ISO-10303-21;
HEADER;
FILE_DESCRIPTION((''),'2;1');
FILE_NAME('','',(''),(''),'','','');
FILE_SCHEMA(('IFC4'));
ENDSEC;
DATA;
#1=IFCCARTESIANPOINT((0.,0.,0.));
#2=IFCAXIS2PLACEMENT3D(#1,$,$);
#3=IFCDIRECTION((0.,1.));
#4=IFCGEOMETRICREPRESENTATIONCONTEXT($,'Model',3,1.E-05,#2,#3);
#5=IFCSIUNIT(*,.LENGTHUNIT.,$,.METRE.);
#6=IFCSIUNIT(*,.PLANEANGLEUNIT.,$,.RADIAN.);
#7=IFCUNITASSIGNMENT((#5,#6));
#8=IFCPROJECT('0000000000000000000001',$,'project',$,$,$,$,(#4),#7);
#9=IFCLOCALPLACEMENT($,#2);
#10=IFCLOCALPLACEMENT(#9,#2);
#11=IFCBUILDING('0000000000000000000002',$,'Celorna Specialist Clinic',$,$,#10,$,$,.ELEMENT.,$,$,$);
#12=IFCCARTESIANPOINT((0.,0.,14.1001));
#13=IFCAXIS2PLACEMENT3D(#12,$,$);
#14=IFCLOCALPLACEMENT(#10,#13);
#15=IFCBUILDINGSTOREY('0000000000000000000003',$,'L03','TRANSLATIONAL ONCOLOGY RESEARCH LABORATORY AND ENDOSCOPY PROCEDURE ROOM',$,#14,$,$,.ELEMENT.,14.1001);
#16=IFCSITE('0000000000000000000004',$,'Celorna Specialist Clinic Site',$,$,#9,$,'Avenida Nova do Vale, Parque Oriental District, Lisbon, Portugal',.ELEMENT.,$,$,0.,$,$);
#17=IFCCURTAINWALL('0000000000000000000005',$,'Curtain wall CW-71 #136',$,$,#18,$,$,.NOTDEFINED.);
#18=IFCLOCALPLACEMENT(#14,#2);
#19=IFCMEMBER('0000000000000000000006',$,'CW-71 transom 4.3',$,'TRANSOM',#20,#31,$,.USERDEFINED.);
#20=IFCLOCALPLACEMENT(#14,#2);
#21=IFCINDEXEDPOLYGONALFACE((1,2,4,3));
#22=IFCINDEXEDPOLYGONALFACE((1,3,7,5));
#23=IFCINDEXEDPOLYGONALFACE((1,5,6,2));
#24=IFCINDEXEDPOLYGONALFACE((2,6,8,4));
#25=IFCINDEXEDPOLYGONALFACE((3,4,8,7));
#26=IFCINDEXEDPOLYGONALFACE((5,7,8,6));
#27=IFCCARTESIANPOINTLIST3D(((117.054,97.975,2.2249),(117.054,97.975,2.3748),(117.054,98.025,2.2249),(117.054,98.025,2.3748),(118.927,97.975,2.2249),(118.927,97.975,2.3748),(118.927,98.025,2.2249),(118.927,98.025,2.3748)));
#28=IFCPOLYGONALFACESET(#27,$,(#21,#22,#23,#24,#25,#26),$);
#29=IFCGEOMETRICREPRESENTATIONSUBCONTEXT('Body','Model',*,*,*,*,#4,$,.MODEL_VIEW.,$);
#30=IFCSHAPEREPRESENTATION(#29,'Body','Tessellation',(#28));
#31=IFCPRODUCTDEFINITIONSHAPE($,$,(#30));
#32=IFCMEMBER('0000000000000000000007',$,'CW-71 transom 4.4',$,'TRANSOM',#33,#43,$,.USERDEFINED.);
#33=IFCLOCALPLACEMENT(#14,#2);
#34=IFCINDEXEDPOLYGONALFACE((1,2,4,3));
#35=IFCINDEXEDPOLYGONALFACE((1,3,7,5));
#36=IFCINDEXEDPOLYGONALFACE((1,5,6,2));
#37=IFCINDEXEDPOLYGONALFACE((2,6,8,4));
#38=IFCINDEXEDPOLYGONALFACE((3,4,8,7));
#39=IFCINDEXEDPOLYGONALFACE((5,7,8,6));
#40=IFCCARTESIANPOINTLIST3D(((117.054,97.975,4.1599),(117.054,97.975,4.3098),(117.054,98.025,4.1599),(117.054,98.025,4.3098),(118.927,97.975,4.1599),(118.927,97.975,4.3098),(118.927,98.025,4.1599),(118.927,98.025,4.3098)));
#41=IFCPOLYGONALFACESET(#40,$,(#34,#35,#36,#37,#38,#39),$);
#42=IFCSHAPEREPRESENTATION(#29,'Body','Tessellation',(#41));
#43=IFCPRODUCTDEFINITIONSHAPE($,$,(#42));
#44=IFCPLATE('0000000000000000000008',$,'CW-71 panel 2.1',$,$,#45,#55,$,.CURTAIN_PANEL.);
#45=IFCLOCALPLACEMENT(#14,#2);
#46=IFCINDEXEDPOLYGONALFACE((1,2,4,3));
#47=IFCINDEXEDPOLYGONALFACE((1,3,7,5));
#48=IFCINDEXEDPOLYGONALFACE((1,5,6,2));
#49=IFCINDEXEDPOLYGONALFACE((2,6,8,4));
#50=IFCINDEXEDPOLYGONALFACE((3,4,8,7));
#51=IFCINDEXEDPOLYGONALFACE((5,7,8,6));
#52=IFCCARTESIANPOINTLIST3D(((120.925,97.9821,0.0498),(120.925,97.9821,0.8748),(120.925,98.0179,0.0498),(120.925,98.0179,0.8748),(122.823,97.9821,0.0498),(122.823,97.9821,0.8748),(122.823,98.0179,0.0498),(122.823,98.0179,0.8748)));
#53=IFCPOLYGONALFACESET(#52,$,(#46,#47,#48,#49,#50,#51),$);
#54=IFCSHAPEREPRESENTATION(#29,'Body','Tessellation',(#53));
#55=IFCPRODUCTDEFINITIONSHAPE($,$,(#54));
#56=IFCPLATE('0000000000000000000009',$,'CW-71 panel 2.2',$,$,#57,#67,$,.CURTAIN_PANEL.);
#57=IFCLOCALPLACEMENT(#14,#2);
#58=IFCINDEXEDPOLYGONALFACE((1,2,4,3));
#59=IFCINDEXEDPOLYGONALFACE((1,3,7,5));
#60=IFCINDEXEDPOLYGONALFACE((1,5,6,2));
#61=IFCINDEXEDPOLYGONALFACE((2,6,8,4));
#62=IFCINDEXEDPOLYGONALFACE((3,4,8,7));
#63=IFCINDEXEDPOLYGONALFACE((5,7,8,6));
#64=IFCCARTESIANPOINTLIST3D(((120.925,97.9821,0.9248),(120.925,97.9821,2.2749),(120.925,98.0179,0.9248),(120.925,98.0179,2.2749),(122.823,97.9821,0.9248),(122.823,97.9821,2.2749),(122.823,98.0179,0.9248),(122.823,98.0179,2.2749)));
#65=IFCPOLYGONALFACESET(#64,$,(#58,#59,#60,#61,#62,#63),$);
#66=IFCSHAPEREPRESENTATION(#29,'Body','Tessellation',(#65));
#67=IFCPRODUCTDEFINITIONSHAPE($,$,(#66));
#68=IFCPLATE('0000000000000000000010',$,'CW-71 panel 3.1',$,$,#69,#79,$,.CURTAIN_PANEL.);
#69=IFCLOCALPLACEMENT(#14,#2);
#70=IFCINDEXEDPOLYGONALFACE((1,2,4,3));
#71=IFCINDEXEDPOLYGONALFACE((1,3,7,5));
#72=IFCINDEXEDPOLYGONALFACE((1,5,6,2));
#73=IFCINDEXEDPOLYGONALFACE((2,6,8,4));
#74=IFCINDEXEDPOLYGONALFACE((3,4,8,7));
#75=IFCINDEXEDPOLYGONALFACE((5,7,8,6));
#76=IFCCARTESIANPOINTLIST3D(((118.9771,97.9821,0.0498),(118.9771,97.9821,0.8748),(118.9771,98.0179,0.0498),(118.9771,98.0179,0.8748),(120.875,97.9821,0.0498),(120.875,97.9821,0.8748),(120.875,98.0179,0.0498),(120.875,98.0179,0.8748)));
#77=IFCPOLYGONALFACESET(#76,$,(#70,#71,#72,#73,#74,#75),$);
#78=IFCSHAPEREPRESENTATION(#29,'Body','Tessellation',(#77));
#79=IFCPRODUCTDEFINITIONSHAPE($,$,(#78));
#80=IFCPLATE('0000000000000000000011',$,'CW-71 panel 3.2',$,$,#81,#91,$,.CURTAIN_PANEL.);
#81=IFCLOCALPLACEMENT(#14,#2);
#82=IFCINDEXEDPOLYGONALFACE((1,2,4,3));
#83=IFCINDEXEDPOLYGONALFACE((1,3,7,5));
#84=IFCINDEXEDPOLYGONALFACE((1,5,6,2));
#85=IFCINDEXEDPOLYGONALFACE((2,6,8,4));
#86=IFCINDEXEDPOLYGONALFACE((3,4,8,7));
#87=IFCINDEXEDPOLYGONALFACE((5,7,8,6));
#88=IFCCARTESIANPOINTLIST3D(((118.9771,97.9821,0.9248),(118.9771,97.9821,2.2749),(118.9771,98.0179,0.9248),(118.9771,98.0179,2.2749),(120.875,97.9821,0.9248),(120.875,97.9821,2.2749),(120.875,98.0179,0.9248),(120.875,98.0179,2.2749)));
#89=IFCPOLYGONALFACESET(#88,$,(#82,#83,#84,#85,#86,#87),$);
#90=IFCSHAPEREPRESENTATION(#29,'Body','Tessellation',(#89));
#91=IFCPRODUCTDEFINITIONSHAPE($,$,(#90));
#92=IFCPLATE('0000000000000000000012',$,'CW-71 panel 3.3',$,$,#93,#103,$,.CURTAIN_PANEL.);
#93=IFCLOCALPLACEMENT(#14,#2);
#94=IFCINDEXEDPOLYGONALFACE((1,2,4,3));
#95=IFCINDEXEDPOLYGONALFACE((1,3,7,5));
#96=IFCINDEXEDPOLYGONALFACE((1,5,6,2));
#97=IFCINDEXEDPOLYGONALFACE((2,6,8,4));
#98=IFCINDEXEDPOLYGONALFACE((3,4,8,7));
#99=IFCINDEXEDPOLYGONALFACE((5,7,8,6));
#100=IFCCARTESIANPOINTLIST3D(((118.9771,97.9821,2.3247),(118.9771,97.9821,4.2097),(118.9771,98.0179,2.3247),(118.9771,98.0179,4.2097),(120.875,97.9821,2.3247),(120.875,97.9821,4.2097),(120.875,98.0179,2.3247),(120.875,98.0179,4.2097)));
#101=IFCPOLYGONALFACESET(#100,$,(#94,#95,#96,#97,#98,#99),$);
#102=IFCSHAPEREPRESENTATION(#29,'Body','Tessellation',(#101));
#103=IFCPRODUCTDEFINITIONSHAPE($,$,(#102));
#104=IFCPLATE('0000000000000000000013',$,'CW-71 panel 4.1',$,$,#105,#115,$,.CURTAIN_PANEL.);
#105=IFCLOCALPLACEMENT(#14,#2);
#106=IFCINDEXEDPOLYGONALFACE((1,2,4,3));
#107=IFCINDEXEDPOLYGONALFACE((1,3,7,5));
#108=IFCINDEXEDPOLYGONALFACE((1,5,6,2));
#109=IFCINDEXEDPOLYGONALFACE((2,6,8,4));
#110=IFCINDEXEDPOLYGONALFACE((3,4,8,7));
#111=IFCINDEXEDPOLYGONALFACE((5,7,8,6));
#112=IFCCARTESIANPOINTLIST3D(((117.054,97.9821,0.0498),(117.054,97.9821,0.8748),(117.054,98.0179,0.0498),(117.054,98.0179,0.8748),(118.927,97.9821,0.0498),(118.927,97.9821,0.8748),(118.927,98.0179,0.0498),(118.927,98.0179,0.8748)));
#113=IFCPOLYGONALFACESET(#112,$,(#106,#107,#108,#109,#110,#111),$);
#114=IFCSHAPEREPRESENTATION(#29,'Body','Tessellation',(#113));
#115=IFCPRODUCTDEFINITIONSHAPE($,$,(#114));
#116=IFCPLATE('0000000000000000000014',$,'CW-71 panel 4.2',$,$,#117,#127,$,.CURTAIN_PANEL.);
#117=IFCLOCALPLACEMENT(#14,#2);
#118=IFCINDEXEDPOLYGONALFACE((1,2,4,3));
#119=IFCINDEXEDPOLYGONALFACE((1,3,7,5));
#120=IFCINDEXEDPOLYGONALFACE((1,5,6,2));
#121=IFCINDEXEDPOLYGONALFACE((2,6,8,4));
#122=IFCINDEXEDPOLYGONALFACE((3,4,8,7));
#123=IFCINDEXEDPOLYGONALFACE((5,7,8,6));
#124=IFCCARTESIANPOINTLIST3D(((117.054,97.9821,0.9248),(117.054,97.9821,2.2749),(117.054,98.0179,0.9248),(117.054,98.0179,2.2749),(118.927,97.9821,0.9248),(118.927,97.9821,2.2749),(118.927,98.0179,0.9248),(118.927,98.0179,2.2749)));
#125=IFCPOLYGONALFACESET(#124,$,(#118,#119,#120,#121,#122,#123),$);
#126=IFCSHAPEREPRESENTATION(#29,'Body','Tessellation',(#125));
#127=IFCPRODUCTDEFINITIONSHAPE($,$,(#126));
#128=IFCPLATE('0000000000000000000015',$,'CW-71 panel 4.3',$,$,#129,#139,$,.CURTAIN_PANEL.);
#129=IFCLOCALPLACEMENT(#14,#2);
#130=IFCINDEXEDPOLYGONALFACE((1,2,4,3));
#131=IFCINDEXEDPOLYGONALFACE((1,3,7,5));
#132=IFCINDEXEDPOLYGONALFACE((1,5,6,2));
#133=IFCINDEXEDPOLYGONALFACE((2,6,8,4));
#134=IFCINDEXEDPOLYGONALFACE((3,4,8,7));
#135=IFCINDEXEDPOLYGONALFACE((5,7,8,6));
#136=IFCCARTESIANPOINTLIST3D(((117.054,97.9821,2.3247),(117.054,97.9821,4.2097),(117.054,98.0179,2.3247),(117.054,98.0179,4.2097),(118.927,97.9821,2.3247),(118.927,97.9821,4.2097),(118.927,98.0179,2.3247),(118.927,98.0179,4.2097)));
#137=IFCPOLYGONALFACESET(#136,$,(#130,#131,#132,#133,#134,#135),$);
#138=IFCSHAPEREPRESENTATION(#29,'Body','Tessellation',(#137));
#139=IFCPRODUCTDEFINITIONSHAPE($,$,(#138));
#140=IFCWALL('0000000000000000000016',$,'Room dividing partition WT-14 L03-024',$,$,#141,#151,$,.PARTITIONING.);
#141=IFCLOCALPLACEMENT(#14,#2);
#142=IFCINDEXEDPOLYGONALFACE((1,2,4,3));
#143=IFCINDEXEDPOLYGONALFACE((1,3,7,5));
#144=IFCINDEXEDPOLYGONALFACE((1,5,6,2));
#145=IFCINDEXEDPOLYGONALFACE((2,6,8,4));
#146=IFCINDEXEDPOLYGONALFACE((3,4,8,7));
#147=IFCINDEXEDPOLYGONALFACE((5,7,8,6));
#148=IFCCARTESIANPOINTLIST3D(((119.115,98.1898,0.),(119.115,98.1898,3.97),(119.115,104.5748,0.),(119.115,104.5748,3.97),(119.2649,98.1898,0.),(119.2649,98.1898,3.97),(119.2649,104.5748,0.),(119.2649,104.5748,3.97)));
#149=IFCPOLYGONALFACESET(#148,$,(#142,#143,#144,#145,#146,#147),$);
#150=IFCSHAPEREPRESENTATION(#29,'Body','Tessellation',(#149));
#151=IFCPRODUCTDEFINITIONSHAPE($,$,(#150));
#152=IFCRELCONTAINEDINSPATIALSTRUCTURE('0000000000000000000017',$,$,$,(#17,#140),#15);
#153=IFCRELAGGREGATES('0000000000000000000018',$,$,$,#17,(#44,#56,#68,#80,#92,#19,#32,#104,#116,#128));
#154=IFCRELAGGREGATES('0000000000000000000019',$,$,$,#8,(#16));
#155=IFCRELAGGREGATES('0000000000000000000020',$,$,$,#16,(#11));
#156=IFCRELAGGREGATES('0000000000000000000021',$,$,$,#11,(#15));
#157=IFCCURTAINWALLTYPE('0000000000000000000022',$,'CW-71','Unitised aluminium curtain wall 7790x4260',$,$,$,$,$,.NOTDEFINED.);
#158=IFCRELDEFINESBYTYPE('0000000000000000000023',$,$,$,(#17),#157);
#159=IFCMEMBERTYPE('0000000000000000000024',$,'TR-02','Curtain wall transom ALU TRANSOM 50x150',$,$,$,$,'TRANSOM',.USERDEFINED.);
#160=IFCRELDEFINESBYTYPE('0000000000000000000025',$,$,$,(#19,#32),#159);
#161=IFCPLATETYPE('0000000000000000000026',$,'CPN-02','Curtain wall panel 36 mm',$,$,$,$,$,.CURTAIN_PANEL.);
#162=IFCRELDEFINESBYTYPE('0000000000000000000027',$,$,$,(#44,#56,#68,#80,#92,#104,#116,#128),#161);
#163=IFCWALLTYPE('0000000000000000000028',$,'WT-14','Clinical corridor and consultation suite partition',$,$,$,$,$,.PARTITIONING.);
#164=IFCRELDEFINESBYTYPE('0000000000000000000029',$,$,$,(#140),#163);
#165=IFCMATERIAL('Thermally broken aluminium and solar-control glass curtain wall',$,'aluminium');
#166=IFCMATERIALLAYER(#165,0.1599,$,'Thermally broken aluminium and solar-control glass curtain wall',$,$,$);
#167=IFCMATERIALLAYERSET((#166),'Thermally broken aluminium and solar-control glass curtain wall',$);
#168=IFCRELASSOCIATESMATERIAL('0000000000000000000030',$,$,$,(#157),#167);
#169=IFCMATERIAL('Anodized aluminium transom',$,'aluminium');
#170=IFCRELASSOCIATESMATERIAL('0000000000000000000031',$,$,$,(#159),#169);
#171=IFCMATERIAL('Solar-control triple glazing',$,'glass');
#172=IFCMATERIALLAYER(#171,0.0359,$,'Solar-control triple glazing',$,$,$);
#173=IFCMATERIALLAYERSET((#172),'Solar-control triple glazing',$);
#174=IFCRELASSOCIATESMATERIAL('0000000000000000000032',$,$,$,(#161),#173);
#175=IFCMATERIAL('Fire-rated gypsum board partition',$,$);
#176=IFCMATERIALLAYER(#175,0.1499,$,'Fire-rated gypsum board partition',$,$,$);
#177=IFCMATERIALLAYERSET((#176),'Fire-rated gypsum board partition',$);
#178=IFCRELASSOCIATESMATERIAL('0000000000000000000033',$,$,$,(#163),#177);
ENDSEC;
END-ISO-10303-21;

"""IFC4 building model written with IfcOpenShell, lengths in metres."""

from ifc_helpers import new_model, si_unit, direction, frame, frame_2d, origin, origin_2d, place, context, subcontext, project, spatial, rectangle, extrude, material, layer, layer_set, material_profile, profile_set, type_object, element, aggregate, save


model = new_model("IFC4")

# Units and contexts
model_context = context("Model", 3, precision=1e-05, world=origin(), true_north=direction((0.0, 1.0)))
body_context = subcontext(model_context, "Body", "Model", "MODEL_VIEW")
ifc_project = project(units=[si_unit("LENGTHUNIT", "METRE"), si_unit("PLANEANGLEUNIT", "RADIAN")], contexts=[model_context])

# Site, building, storey
site_placement = place(None, origin())
site = spatial("IfcSite", under=ifc_project, at=site_placement, Name="Celorna Specialist Clinic Site", LongName="Avenida Nova do Vale, Parque Oriental District, Lisbon, Portugal", CompositionType="ELEMENT", RefElevation=0.0)
building_placement = place(site_placement, origin())
building = spatial("IfcBuilding", under=site, at=building_placement, Name="Celorna Specialist Clinic", CompositionType="ELEMENT")
storey_placement = place(building_placement, frame((0.0, 0.0, 14.1001)))
storey = spatial("IfcBuildingStorey", under=building, at=storey_placement, Name="L03", Description="TRANSLATIONAL ONCOLOGY RESEARCH LABORATORY AND ENDOSCOPY PROCEDURE ROOM", CompositionType="ELEMENT", Elevation=14.1001)

# Curtain wall, members, plates
ifc_material_1 = material(Name="Thermally broken aluminium and solar-control glass curtain wall", Category="aluminium")
ifc_layer_1 = layer(ifc_material_1, 0.1599, Name="Thermally broken aluminium and solar-control glass curtain wall")
ifc_layer_set_1 = layer_set([ifc_layer_1], Name="Thermally broken aluminium and solar-control glass curtain wall")
curtain_wall_type = type_object("IfcCurtainWallType", Name="CW-71", Description="Unitised aluminium curtain wall 7790x4260", PredefinedType="NOTDEFINED", material=ifc_layer_set_1)
curtain_wall_placement = place(storey_placement, origin())
curtain_wall = element("IfcCurtainWall", 1, at=curtain_wall_placement, inside=storey, type_object=curtain_wall_type, Name="Curtain wall CW-71 #136", PredefinedType="NOTDEFINED")
ifc_material_2 = material(Name="Anodized aluminium transom", Category="aluminium")
ifc_material_profile_1 = material_profile(ifc_material_2, rectangle(XDim=0.05, YDim=0.1499, at=origin_2d()), Name="ALU TRANSOM 50x150")
ifc_profile_set_1 = profile_set([ifc_material_profile_1], Name="Anodized aluminium transom")
member_type_1 = type_object("IfcMemberType", Name="TR-02", Description="Curtain wall transom ALU TRANSOM 50x150", ElementType="TRANSOM", PredefinedType="USERDEFINED", material=ifc_profile_set_1)
member_1_placement = place(storey_placement, frame((118.927, 98.0, 2.2998), z_axis=(-1.0, 0.0, 0.0), x_axis=(0.0, -1.0, 0.0)))
member_1 = element("IfcMember", 2, at=member_1_placement, type_object=member_type_1, Name="CW-71 transom 4.3", ObjectType="TRANSOM", PredefinedType="USERDEFINED", context=body_context, shape_type="SweptSolid", body=[
    extrude(rectangle(XDim=0.05, YDim=0.1499, at=origin_2d()), origin(), (0.0, 0.0, 1.0), 1.873),
])
member_2_placement = place(storey_placement, frame((118.927, 98.0, 4.2349), z_axis=(-1.0, 0.0, 0.0), x_axis=(0.0, -1.0, 0.0)))
member_2 = element("IfcMember", 3, at=member_2_placement, type_object=member_type_1, Name="CW-71 transom 4.4", ObjectType="TRANSOM", PredefinedType="USERDEFINED", context=body_context, shape_type="SweptSolid", body=[
    extrude(rectangle(XDim=0.05, YDim=0.1499, at=origin_2d()), origin(), (0.0, 0.0, 1.0), 1.873),
])
ifc_material_3 = material(Name="Solar-control triple glazing", Category="glass")
ifc_layer_2 = layer(ifc_material_3, 0.0359, Name="Solar-control triple glazing")
ifc_layer_set_2 = layer_set([ifc_layer_2], Name="Solar-control triple glazing")
plate_type = type_object("IfcPlateType", Name="CPN-02", Description="Curtain wall panel 36 mm", PredefinedType="CURTAIN_PANEL", material=ifc_layer_set_2)
plate_1_placement = place(storey_placement, frame((121.874, 98.0, 0.0498), z_axis=(0.0, 0.0, 1.0), x_axis=(-1.0, 0.0, 0.0)))
plate_1 = element("IfcPlate", 4, at=plate_1_placement, type_object=plate_type, Name="CW-71 panel 2.1", PredefinedType="CURTAIN_PANEL", context=body_context, shape_type="SweptSolid", body=[
    extrude(rectangle(XDim=1.8979, YDim=0.0359, at=origin_2d()), origin(), (0.0, 0.0, 1.0), 0.825),
])
plate_2_placement = place(storey_placement, frame((121.874, 98.0, 0.9248), z_axis=(0.0, 0.0, 1.0), x_axis=(-1.0, 0.0, 0.0)))
plate_2 = element("IfcPlate", 5, at=plate_2_placement, type_object=plate_type, Name="CW-71 panel 2.2", PredefinedType="CURTAIN_PANEL", context=body_context, shape_type="SweptSolid", body=[
    extrude(rectangle(XDim=1.8979, YDim=0.0359, at=origin_2d()), origin(), (0.0, 0.0, 1.0), 1.3501),
])
plate_3_placement = place(storey_placement, frame((119.926, 98.0, 0.0498), z_axis=(0.0, 0.0, 1.0), x_axis=(-1.0, 0.0, 0.0)))
plate_3 = element("IfcPlate", 6, at=plate_3_placement, type_object=plate_type, Name="CW-71 panel 3.1", PredefinedType="CURTAIN_PANEL", context=body_context, shape_type="SweptSolid", body=[
    extrude(rectangle(XDim=1.8979, YDim=0.0359, at=origin_2d()), origin(), (0.0, 0.0, 1.0), 0.825),
])
plate_4_placement = place(storey_placement, frame((119.926, 98.0, 0.9248), z_axis=(0.0, 0.0, 1.0), x_axis=(-1.0, 0.0, 0.0)))
plate_4 = element("IfcPlate", 7, at=plate_4_placement, type_object=plate_type, Name="CW-71 panel 3.2", PredefinedType="CURTAIN_PANEL", context=body_context, shape_type="SweptSolid", body=[
    extrude(rectangle(XDim=1.8979, YDim=0.0359, at=origin_2d()), origin(), (0.0, 0.0, 1.0), 1.3501),
])
plate_5_placement = place(storey_placement, frame((119.926, 98.0, 2.3247), z_axis=(0.0, 0.0, 1.0), x_axis=(-1.0, 0.0, 0.0)))
plate_5 = element("IfcPlate", 8, at=plate_5_placement, type_object=plate_type, Name="CW-71 panel 3.3", PredefinedType="CURTAIN_PANEL", context=body_context, shape_type="SweptSolid", body=[
    extrude(rectangle(XDim=1.8979, YDim=0.0359, at=origin_2d()), origin(), (0.0, 0.0, 1.0), 1.885),
])
plate_6_placement = place(storey_placement, frame((117.9905, 98.0, 0.0498), z_axis=(0.0, 0.0, 1.0), x_axis=(-1.0, 0.0, 0.0)))
plate_6 = element("IfcPlate", 9, at=plate_6_placement, type_object=plate_type, Name="CW-71 panel 4.1", PredefinedType="CURTAIN_PANEL", context=body_context, shape_type="SweptSolid", body=[
    extrude(rectangle(XDim=1.873, YDim=0.0359, at=origin_2d()), origin(), (0.0, 0.0, 1.0), 0.825),
])
plate_7_placement = place(storey_placement, frame((117.9905, 98.0, 0.9248), z_axis=(0.0, 0.0, 1.0), x_axis=(-1.0, 0.0, 0.0)))
plate_7 = element("IfcPlate", 10, at=plate_7_placement, type_object=plate_type, Name="CW-71 panel 4.2", PredefinedType="CURTAIN_PANEL", context=body_context, shape_type="SweptSolid", body=[
    extrude(rectangle(XDim=1.873, YDim=0.0359, at=origin_2d()), origin(), (0.0, 0.0, 1.0), 1.3501),
])
plate_8_placement = place(storey_placement, frame((117.9905, 98.0, 2.3247), z_axis=(0.0, 0.0, 1.0), x_axis=(-1.0, 0.0, 0.0)))
plate_8 = element("IfcPlate", 11, at=plate_8_placement, type_object=plate_type, Name="CW-71 panel 4.3", PredefinedType="CURTAIN_PANEL", context=body_context, shape_type="SweptSolid", body=[
    extrude(rectangle(XDim=1.873, YDim=0.0359, at=origin_2d()), origin(), (0.0, 0.0, 1.0), 1.885),
])
aggregate(curtain_wall, [plate_1, plate_2, plate_3, plate_4, plate_5, member_1, member_2, plate_6, plate_7, plate_8])

# Wall
ifc_material_4 = material(Name="Fire-rated gypsum board partition")
ifc_layer_3 = layer(ifc_material_4, 0.1499, Name="Fire-rated gypsum board partition")
ifc_layer_set_3 = layer_set([ifc_layer_3], Name="Fire-rated gypsum board partition")
wall_type = type_object("IfcWallType", Name="WT-14", Description="Clinical corridor and consultation suite partition", PredefinedType="PARTITIONING", material=ifc_layer_set_3)
wall_placement = place(storey_placement, frame((119.1899, 98.1899, 0.0), z_axis=(0.0, 0.0, 1.0), x_axis=(0.0, 1.0, 0.0)))
element("IfcWall", 12, at=wall_placement, inside=storey, type_object=wall_type, Name="Room dividing partition WT-14 L03-024", PredefinedType="PARTITIONING", context=body_context, shape_type="SweptSolid", body=[
    extrude(rectangle(XDim=6.385, YDim=0.1499, at=frame_2d((3.1924, 0.0))), origin(), (0.0, 0.0, 1.0), 3.97),
])

save(model, "model.ifc")
